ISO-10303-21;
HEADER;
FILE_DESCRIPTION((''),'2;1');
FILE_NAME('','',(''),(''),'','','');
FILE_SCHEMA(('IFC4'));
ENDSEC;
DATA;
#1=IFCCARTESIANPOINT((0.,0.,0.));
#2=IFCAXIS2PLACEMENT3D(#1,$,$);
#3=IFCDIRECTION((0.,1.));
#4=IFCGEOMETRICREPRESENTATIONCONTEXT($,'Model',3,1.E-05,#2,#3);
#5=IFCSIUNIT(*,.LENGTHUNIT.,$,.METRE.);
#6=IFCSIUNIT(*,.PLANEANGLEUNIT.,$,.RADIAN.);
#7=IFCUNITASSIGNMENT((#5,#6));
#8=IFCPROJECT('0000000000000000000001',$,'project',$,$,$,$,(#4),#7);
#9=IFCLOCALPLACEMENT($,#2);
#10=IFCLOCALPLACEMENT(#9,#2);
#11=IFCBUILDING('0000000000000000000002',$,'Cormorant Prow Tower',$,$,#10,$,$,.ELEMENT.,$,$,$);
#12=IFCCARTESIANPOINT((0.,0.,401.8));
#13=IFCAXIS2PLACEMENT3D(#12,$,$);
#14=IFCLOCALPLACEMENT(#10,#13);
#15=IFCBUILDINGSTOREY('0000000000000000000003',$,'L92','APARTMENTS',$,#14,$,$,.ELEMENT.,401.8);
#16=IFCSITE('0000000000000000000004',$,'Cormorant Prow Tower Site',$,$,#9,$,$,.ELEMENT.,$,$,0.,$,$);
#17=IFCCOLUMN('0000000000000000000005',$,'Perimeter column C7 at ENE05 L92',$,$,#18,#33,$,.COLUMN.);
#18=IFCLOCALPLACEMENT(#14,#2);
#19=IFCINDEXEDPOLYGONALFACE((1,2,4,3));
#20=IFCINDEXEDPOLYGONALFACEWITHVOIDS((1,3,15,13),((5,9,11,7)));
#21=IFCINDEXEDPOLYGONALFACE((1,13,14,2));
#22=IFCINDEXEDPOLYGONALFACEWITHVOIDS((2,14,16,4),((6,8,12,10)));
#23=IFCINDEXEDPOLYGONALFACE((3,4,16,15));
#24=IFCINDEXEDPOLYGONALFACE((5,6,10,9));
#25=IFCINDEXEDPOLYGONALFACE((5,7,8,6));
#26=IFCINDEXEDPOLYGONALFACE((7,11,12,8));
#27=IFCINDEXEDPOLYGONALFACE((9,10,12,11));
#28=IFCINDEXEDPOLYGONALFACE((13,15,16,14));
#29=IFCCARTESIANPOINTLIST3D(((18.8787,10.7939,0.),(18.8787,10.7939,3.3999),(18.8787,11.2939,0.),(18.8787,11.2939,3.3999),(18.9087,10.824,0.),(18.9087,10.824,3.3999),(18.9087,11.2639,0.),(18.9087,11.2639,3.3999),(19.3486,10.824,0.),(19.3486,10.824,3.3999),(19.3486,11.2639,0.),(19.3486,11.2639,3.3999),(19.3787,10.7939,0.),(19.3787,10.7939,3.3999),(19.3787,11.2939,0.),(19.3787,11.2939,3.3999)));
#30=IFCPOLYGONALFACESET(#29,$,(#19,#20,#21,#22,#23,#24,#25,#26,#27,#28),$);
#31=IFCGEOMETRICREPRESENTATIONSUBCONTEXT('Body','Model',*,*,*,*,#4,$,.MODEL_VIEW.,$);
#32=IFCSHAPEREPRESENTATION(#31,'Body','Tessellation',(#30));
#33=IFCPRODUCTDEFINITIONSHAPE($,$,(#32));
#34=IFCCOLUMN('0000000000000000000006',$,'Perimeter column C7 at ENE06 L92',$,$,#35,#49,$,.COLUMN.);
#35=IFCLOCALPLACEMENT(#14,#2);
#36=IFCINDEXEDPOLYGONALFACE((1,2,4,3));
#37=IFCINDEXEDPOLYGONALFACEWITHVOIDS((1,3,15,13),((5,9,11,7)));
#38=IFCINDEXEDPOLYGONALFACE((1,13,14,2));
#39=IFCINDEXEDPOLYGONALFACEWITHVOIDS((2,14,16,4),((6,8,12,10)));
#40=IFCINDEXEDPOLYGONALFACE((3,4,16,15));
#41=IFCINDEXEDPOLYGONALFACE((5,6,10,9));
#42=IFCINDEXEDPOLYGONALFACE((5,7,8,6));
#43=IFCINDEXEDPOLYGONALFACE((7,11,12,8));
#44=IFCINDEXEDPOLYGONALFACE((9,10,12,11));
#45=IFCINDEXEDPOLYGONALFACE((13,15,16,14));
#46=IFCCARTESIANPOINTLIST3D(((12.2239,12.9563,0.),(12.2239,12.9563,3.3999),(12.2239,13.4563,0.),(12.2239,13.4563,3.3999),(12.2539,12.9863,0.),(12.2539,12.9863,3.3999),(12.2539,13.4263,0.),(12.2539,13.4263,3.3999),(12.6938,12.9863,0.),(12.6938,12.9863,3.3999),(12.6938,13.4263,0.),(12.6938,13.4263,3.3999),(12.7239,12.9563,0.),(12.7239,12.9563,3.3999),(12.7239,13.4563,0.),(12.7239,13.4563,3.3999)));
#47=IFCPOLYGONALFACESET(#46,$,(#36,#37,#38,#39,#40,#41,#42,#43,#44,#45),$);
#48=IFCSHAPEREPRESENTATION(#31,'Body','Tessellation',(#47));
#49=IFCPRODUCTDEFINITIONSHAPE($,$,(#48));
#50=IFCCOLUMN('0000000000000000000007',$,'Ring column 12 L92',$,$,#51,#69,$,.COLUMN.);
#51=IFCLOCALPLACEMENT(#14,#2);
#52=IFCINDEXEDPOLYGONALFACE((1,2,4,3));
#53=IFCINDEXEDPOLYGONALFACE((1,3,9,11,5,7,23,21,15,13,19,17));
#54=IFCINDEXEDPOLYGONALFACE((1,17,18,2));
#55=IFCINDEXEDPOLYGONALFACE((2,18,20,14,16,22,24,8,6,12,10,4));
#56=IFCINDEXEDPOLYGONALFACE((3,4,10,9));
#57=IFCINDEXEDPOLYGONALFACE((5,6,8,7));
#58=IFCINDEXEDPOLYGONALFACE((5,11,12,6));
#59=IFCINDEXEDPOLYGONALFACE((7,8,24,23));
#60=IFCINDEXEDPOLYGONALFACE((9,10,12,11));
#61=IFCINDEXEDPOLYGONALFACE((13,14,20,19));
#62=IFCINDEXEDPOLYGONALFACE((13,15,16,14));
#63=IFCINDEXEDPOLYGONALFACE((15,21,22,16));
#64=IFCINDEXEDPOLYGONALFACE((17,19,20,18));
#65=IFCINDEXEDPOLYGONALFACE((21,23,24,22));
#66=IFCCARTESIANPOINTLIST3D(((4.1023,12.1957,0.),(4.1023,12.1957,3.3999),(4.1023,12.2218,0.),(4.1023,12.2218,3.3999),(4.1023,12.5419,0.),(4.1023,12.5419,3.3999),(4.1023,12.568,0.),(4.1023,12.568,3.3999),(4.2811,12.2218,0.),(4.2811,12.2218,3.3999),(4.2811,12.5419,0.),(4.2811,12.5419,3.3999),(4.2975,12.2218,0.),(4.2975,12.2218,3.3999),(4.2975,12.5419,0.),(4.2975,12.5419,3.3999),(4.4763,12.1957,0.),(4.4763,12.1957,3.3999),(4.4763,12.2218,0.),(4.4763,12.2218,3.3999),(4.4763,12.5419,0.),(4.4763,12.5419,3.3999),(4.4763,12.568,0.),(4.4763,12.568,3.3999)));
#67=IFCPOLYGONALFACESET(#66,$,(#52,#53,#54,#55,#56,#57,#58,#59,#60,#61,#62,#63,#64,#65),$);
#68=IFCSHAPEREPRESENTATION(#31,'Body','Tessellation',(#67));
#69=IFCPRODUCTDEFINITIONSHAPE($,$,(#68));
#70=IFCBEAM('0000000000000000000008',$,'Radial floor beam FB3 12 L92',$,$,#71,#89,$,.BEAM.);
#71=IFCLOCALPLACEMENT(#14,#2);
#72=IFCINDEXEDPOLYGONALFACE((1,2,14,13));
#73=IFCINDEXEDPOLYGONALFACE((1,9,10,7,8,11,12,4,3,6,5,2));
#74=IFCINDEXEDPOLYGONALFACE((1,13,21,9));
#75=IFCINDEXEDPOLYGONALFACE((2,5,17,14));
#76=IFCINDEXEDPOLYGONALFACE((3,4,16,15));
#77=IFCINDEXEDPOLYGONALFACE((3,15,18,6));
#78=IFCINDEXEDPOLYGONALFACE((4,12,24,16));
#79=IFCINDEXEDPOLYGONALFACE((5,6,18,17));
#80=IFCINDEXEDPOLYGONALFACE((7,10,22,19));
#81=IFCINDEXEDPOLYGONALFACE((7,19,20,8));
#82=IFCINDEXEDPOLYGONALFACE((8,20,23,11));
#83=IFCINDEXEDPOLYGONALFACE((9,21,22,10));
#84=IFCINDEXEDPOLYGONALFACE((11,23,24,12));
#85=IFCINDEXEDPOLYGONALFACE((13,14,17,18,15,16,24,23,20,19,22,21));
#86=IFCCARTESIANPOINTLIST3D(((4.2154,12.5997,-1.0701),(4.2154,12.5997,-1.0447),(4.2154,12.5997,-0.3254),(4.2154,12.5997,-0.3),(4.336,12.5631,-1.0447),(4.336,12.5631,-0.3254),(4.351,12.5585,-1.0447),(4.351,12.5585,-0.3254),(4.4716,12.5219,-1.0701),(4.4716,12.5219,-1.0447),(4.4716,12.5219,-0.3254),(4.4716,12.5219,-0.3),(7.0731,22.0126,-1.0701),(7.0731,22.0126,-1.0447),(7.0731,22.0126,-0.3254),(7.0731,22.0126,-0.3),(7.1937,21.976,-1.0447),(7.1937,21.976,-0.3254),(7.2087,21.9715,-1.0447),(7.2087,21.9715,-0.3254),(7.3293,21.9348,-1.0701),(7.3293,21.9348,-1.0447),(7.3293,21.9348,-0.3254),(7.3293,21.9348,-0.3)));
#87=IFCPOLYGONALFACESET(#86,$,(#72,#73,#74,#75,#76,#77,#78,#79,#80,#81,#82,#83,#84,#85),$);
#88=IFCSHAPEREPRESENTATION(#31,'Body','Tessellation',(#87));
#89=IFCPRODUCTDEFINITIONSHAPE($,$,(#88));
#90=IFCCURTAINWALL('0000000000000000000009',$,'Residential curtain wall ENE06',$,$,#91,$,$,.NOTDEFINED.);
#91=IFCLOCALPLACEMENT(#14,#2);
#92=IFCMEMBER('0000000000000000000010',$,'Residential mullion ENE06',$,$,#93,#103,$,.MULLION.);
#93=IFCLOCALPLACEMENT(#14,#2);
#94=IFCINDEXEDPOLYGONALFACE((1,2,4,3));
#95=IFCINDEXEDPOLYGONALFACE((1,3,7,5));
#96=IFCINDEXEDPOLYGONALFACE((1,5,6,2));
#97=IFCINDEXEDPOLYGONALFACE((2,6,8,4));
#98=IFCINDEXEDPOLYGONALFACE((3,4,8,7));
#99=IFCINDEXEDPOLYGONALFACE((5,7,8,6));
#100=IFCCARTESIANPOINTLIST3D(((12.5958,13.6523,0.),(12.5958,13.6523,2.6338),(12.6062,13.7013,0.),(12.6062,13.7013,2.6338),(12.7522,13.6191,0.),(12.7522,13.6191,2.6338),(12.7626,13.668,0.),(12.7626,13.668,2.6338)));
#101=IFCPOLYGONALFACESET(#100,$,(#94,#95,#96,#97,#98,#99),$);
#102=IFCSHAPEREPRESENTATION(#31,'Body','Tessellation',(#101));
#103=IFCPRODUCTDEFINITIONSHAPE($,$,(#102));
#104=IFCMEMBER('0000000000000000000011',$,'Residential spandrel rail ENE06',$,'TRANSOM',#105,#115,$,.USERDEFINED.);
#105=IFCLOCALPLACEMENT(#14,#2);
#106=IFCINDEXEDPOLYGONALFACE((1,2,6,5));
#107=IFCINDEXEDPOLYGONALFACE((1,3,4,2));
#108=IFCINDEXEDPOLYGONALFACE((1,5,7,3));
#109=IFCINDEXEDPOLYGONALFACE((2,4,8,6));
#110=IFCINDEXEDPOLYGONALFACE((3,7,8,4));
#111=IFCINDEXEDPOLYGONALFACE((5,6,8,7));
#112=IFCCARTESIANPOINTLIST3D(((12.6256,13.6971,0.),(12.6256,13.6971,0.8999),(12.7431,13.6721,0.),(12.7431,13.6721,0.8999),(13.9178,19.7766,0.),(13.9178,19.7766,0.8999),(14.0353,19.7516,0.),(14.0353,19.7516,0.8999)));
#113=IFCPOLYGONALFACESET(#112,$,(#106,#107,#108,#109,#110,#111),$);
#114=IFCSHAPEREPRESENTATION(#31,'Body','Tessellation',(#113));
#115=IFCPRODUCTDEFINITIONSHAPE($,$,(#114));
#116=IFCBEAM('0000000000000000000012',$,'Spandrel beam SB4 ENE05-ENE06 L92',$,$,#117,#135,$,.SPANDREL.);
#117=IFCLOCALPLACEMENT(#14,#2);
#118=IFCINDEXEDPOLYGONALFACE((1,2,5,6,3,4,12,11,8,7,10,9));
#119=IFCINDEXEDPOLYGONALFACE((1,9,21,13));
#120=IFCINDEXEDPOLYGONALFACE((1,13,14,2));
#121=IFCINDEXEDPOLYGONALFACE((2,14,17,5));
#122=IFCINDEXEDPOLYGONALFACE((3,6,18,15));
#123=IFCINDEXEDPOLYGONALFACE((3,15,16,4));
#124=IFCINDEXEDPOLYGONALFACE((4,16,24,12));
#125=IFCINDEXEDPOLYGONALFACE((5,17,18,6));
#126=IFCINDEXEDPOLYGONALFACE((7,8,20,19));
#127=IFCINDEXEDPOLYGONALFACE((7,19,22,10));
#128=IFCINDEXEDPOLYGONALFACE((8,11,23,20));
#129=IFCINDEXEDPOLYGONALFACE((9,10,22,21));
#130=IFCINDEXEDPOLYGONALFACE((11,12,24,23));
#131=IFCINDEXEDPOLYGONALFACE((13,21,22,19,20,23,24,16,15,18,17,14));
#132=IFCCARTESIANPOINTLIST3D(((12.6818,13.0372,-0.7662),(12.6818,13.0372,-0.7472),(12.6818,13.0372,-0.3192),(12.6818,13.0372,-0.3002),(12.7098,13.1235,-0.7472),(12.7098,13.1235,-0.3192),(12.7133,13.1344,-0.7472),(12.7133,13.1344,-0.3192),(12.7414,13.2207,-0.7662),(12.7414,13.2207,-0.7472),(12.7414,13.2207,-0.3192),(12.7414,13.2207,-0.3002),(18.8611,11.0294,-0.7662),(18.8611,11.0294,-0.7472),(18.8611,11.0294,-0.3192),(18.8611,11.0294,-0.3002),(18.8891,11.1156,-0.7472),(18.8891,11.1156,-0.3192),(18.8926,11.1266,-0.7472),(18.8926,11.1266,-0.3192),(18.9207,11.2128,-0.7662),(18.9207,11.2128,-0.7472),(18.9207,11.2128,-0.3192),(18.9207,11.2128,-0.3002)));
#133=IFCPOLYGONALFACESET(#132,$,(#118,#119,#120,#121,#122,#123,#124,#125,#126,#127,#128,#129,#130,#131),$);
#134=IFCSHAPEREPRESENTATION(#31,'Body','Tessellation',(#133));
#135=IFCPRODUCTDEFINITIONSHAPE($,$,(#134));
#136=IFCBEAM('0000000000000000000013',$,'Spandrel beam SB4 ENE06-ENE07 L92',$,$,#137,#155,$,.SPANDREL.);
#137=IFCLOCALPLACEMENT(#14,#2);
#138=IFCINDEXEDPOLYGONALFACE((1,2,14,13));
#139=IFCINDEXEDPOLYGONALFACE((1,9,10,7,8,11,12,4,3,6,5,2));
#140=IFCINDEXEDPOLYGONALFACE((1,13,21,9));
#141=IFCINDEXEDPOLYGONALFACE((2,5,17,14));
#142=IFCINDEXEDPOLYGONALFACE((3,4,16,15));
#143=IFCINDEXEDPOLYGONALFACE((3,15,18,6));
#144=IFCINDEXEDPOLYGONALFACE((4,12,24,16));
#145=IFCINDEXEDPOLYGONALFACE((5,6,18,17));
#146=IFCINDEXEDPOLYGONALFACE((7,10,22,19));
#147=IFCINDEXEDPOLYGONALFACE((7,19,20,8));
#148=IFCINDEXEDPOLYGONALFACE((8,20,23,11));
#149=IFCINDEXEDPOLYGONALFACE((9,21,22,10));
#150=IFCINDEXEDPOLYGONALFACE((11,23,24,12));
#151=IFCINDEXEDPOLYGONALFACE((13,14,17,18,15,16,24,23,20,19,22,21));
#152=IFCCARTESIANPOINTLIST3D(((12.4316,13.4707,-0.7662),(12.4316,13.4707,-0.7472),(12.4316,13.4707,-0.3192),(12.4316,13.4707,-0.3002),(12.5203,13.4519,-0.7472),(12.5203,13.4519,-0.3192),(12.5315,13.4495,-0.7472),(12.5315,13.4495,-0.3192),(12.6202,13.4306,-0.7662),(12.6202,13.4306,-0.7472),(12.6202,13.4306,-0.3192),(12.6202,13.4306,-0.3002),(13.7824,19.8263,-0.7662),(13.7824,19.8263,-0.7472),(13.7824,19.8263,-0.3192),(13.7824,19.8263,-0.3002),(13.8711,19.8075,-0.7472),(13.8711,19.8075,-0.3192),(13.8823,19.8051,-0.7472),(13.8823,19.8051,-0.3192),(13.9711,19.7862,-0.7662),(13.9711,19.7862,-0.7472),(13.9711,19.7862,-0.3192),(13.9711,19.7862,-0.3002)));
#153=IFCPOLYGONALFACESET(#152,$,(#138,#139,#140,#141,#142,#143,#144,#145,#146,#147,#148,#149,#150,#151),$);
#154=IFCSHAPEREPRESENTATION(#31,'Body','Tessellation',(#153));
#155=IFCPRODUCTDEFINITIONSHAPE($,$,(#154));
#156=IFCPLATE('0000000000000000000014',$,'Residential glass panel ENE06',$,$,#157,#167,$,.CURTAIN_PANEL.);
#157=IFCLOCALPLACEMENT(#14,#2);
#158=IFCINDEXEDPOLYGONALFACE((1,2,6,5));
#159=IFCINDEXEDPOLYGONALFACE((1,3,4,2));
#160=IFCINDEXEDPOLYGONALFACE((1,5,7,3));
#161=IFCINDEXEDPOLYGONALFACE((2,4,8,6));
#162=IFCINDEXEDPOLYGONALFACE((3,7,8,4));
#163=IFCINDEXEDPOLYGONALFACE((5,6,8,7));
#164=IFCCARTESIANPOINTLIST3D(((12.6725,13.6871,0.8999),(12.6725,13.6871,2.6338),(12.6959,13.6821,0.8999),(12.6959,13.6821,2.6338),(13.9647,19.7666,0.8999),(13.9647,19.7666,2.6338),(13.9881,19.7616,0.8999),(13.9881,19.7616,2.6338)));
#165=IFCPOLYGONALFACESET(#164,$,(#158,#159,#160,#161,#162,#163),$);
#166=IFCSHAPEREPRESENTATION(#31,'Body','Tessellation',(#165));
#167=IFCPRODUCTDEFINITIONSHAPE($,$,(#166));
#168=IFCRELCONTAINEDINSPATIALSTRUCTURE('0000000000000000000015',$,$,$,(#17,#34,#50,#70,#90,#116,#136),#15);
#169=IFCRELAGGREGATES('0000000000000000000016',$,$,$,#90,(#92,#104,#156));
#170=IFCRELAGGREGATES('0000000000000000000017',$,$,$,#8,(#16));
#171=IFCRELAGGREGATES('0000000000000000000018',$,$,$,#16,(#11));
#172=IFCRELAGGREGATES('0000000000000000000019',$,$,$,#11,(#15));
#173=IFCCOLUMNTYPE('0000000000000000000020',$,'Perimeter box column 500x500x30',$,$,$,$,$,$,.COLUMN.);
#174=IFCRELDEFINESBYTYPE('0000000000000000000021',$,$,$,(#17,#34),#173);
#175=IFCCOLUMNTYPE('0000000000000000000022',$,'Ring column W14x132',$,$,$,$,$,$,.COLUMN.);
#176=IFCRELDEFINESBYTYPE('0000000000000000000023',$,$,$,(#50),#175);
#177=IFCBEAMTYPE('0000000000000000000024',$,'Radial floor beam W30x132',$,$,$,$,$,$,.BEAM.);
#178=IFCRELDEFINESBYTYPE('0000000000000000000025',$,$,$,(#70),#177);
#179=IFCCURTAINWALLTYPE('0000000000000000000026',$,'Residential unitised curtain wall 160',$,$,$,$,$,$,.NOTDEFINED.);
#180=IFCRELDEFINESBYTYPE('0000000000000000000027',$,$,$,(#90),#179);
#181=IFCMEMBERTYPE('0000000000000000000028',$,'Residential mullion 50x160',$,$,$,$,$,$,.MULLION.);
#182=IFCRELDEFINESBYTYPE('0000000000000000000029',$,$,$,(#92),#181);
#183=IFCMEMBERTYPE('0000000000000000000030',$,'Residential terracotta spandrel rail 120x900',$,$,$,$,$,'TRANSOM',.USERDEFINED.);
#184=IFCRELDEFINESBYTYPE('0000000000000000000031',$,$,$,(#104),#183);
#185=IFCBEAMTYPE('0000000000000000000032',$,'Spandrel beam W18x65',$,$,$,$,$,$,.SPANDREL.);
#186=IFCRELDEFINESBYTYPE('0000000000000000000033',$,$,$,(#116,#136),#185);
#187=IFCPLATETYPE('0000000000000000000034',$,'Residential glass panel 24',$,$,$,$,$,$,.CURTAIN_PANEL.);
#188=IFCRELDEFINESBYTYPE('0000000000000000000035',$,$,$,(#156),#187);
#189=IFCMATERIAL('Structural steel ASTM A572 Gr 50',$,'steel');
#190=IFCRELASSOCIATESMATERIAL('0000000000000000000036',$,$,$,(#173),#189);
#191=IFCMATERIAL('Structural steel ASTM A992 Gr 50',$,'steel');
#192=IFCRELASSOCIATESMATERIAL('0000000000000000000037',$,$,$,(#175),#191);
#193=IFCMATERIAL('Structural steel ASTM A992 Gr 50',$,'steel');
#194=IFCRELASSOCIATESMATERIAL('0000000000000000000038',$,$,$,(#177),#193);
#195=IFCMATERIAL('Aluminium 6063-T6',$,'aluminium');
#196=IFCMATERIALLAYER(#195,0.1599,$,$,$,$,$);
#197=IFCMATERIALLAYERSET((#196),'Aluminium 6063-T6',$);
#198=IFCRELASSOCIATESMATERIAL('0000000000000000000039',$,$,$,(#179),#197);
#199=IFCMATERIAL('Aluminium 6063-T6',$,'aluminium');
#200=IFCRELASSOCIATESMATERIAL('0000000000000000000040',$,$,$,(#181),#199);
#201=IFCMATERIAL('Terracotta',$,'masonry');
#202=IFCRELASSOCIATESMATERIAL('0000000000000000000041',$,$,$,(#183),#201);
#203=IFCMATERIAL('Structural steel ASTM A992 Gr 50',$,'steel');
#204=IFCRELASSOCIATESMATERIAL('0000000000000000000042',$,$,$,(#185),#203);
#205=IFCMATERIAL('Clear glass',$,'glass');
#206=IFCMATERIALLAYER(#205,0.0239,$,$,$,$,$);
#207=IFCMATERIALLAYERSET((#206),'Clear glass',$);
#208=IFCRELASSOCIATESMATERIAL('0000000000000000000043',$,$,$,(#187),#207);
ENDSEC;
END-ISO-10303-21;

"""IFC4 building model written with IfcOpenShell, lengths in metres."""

from ifc_helpers import new_model, si_unit, direction, frame, origin, origin_2d, place, context, subcontext, project, spatial, rectangle, hollow_rectangle, i_section, extrude, material, layer, layer_set, material_profile, profile_set, type_object, element, aggregate, save


model = new_model("IFC4")

# Units and contexts
model_context = context("Model", 3, precision=1e-05, world=origin(), true_north=direction((0.0, 1.0)))
body_context = subcontext(model_context, "Body", "Model", "MODEL_VIEW")
ifc_project = project(units=[si_unit("LENGTHUNIT", "METRE"), si_unit("PLANEANGLEUNIT", "RADIAN")], contexts=[model_context])

# Site, building, storey
site_placement = place(None, origin())
site = spatial("IfcSite", under=ifc_project, at=site_placement, Name="Cormorant Prow Tower Site", CompositionType="ELEMENT", RefElevation=0.0)
building_placement = place(site_placement, origin())
building = spatial("IfcBuilding", under=site, at=building_placement, Name="Cormorant Prow Tower", CompositionType="ELEMENT")
storey_placement = place(building_placement, frame((0.0, 0.0, 401.8)))
storey = spatial("IfcBuildingStorey", under=building, at=storey_placement, Name="L92", Description="APARTMENTS", CompositionType="ELEMENT", Elevation=401.8)

# Columns
ifc_material_1 = material(Name="Structural steel ASTM A572 Gr 50", Category="steel")
ifc_material_profile_1 = material_profile(ifc_material_1, hollow_rectangle(XDim=0.5, YDim=0.5, WallThickness=0.03, at=origin_2d()), Name="Box 500x500x30")
ifc_profile_set_1 = profile_set([ifc_material_profile_1], Name="Structural steel ASTM A572 Gr 50")
column_type_1 = type_object("IfcColumnType", Name="Perimeter box column 500x500x30", PredefinedType="COLUMN", material=ifc_profile_set_1)
for number, where, z_axis, x_axis, name in (
    (1, (19.1287, 11.0439, 0.0), (0.0, 0.0, 1.0), (1.0, 0.0, 0.0), "Perimeter column C7 at ENE05 L92"),
    (2, (12.4739, 13.2063, 0.0), (0.0, 0.0, 1.0), (1.0, 0.0, 0.0), "Perimeter column C7 at ENE06 L92"),
):
    element("IfcColumn", number, at=place(storey_placement, frame(where, z_axis=z_axis, x_axis=x_axis)), inside=storey, type_object=column_type_1, Name=name, PredefinedType="COLUMN", context=body_context, shape_type="SweptSolid", body=[
        extrude(hollow_rectangle(XDim=0.5, YDim=0.5, WallThickness=0.03, at=origin_2d()), origin(), (0.0, 0.0, 1.0), 3.3999),
    ])
ifc_material_2 = material(Name="Structural steel ASTM A992 Gr 50", Category="steel")
ifc_material_profile_2 = material_profile(ifc_material_2, i_section(OverallWidth=0.374, OverallDepth=0.3723, WebThickness=0.0164, FlangeThickness=0.0261, at=origin_2d()), Name="W14x132")
ifc_profile_set_2 = profile_set([ifc_material_profile_2], Name="Structural steel ASTM A992 Gr 50")
column_type_2 = type_object("IfcColumnType", Name="Ring column W14x132", PredefinedType="COLUMN", material=ifc_profile_set_2)
column_placement = place(storey_placement, frame((4.2893, 12.3818, 0.0), z_axis=(0.0, 0.0, 1.0), x_axis=(1.0, 0.0, 0.0)))
element("IfcColumn", 3, at=column_placement, inside=storey, type_object=column_type_2, Name="Ring column 12 L92", PredefinedType="COLUMN", context=body_context, shape_type="SweptSolid", body=[
    extrude(i_section(OverallWidth=0.374, OverallDepth=0.3723, WebThickness=0.0164, FlangeThickness=0.0261, at=origin_2d()), origin(), (0.0, 0.0, 1.0), 3.3999),
])

# Beam
ifc_material_3 = material(Name="Structural steel ASTM A992 Gr 50", Category="steel")
ifc_material_profile_3 = material_profile(ifc_material_3, i_section(OverallWidth=0.2678, OverallDepth=0.77, WebThickness=0.0156, FlangeThickness=0.0254, at=origin_2d()), Name="W30x132")
ifc_profile_set_3 = profile_set([ifc_material_profile_3], Name="Structural steel ASTM A992 Gr 50")
beam_type_1 = type_object("IfcBeamType", Name="Radial floor beam W30x132", PredefinedType="BEAM", material=ifc_profile_set_3)
beam_1_placement = place(storey_placement, frame((4.3435, 12.5608, -0.6851), z_axis=(0.2905, 0.956875, 0.0), x_axis=(-0.956875, 0.2905, 0.0)))
element("IfcBeam", 4, at=beam_1_placement, inside=storey, type_object=beam_type_1, Name="Radial floor beam FB3 12 L92", PredefinedType="BEAM", context=body_context, shape_type="SweptSolid", body=[
    extrude(i_section(OverallWidth=0.2678, OverallDepth=0.77, WebThickness=0.0156, FlangeThickness=0.0254, at=origin_2d()), origin(), (0.0, 0.0, 1.0), 9.8372),
])

# Curtain wall, members
ifc_material_4 = material(Name="Aluminium 6063-T6", Category="aluminium")
ifc_layer_1 = layer(ifc_material_4, 0.1599)
ifc_layer_set_1 = layer_set([ifc_layer_1], Name="Aluminium 6063-T6")
curtain_wall_type = type_object("IfcCurtainWallType", Name="Residential unitised curtain wall 160", PredefinedType="NOTDEFINED", material=ifc_layer_set_1)
curtain_wall_placement = place(storey_placement, origin())
curtain_wall = element("IfcCurtainWall", 5, at=curtain_wall_placement, inside=storey, type_object=curtain_wall_type, Name="Residential curtain wall ENE06", PredefinedType="NOTDEFINED")
ifc_material_5 = material(Name="Aluminium 6063-T6", Category="aluminium")
ifc_material_profile_4 = material_profile(ifc_material_5, rectangle(XDim=0.1599, YDim=0.05, at=origin_2d()), Name="Residential mullion 50x160")
ifc_profile_set_4 = profile_set([ifc_material_profile_4], Name="Aluminium 6063-T6")
member_type_1 = type_object("IfcMemberType", Name="Residential mullion 50x160", PredefinedType="MULLION", material=ifc_profile_set_4)
member_1_placement = place(storey_placement, frame((12.6792, 13.6602, 0.0), z_axis=(0.0, 0.0, 1.0), x_axis=(-0.978148, 0.207912, 0.0)))
member_1 = element("IfcMember", 6, at=member_1_placement, type_object=member_type_1, Name="Residential mullion ENE06", PredefinedType="MULLION", context=body_context, shape_type="SweptSolid", body=[
    extrude(rectangle(XDim=0.1599, YDim=0.05, at=origin_2d()), origin(), (0.0, 0.0, 1.0), 2.6338),
])
ifc_material_6 = material(Name="Terracotta", Category="masonry")
ifc_material_profile_5 = material_profile(ifc_material_6, rectangle(XDim=0.1201, YDim=0.8999, at=origin_2d()), Name="Residential terracotta spandrel rail 120x900")
ifc_profile_set_5 = profile_set([ifc_material_profile_5], Name="Terracotta")
member_type_2 = type_object("IfcMemberType", Name="Residential terracotta spandrel rail 120x900", ElementType="TRANSOM", PredefinedType="USERDEFINED", material=ifc_profile_set_5)
member_2_placement = place(storey_placement, frame((12.6843, 13.6846, 0.45), z_axis=(0.207909, 0.978148, 0.0), x_axis=(-0.978148, 0.207909, 0.0)))
member_2 = element("IfcMember", 7, at=member_2_placement, type_object=member_type_2, Name="Residential spandrel rail ENE06", ObjectType="TRANSOM", PredefinedType="USERDEFINED", context=body_context, shape_type="SweptSolid", body=[
    extrude(rectangle(XDim=0.1201, YDim=0.8999, at=origin_2d()), origin(), (0.0, 0.0, 1.0), 6.2153),
])

# Beams
ifc_material_7 = material(Name="Structural steel ASTM A992 Gr 50", Category="steel")
ifc_material_profile_6 = material_profile(ifc_material_7, i_section(OverallWidth=0.1929, OverallDepth=0.4661, WebThickness=0.0115, FlangeThickness=0.019, at=origin_2d()), Name="W18x65")
ifc_profile_set_6 = profile_set([ifc_material_profile_6], Name="Structural steel ASTM A992 Gr 50")
beam_type_2 = type_object("IfcBeamType", Name="Spandrel beam W18x65", PredefinedType="SPANDREL", material=ifc_profile_set_6)
beam_2_placement = place(storey_placement, frame((18.8909, 11.1211, -0.5332), z_axis=(-0.951053, 0.309027, 0.0), x_axis=(-0.309027, -0.951053, 0.0)))
element("IfcBeam", 8, at=beam_2_placement, inside=storey, type_object=beam_type_2, Name="Spandrel beam SB4 ENE05-ENE06 L92", PredefinedType="SPANDREL", context=body_context, shape_type="SweptSolid", body=[
    extrude(i_section(OverallWidth=0.1929, OverallDepth=0.4661, WebThickness=0.0115, FlangeThickness=0.019, at=origin_2d()), origin(), (0.0, 0.0, 1.0), 6.4973),
])
beam_3_placement = place(storey_placement, frame((12.5259, 13.4507, -0.5332), z_axis=(0.207902, 0.97815, 0.0), x_axis=(-0.97815, 0.207902, 0.0)))
element("IfcBeam", 9, at=beam_3_placement, inside=storey, type_object=beam_type_2, Name="Spandrel beam SB4 ENE06-ENE07 L92", PredefinedType="SPANDREL", context=body_context, shape_type="SweptSolid", body=[
    extrude(i_section(OverallWidth=0.1929, OverallDepth=0.4661, WebThickness=0.0115, FlangeThickness=0.019, at=origin_2d()), origin(), (0.0, 0.0, 1.0), 6.4976),
])

# Plate
ifc_material_8 = material(Name="Clear glass", Category="glass")
ifc_layer_2 = layer(ifc_material_8, 0.0239)
ifc_layer_set_2 = layer_set([ifc_layer_2], Name="Clear glass")
plate_type = type_object("IfcPlateType", Name="Residential glass panel 24", PredefinedType="CURTAIN_PANEL", material=ifc_layer_set_2)
plate_placement = place(storey_placement, frame((13.3303, 16.7244, 0.8999), z_axis=(0.0, 0.0, 1.0), x_axis=(0.207912, 0.978148, 0.0)))
plate = element("IfcPlate", 10, at=plate_placement, type_object=plate_type, Name="Residential glass panel ENE06", PredefinedType="CURTAIN_PANEL", context=body_context, shape_type="SweptSolid", body=[
    extrude(rectangle(XDim=6.2153, YDim=0.0239, at=origin_2d()), origin(), (0.0, 0.0, 1.0), 1.7339),
])
aggregate(curtain_wall, [member_1, member_2, plate])

save(model, "model.ifc")
